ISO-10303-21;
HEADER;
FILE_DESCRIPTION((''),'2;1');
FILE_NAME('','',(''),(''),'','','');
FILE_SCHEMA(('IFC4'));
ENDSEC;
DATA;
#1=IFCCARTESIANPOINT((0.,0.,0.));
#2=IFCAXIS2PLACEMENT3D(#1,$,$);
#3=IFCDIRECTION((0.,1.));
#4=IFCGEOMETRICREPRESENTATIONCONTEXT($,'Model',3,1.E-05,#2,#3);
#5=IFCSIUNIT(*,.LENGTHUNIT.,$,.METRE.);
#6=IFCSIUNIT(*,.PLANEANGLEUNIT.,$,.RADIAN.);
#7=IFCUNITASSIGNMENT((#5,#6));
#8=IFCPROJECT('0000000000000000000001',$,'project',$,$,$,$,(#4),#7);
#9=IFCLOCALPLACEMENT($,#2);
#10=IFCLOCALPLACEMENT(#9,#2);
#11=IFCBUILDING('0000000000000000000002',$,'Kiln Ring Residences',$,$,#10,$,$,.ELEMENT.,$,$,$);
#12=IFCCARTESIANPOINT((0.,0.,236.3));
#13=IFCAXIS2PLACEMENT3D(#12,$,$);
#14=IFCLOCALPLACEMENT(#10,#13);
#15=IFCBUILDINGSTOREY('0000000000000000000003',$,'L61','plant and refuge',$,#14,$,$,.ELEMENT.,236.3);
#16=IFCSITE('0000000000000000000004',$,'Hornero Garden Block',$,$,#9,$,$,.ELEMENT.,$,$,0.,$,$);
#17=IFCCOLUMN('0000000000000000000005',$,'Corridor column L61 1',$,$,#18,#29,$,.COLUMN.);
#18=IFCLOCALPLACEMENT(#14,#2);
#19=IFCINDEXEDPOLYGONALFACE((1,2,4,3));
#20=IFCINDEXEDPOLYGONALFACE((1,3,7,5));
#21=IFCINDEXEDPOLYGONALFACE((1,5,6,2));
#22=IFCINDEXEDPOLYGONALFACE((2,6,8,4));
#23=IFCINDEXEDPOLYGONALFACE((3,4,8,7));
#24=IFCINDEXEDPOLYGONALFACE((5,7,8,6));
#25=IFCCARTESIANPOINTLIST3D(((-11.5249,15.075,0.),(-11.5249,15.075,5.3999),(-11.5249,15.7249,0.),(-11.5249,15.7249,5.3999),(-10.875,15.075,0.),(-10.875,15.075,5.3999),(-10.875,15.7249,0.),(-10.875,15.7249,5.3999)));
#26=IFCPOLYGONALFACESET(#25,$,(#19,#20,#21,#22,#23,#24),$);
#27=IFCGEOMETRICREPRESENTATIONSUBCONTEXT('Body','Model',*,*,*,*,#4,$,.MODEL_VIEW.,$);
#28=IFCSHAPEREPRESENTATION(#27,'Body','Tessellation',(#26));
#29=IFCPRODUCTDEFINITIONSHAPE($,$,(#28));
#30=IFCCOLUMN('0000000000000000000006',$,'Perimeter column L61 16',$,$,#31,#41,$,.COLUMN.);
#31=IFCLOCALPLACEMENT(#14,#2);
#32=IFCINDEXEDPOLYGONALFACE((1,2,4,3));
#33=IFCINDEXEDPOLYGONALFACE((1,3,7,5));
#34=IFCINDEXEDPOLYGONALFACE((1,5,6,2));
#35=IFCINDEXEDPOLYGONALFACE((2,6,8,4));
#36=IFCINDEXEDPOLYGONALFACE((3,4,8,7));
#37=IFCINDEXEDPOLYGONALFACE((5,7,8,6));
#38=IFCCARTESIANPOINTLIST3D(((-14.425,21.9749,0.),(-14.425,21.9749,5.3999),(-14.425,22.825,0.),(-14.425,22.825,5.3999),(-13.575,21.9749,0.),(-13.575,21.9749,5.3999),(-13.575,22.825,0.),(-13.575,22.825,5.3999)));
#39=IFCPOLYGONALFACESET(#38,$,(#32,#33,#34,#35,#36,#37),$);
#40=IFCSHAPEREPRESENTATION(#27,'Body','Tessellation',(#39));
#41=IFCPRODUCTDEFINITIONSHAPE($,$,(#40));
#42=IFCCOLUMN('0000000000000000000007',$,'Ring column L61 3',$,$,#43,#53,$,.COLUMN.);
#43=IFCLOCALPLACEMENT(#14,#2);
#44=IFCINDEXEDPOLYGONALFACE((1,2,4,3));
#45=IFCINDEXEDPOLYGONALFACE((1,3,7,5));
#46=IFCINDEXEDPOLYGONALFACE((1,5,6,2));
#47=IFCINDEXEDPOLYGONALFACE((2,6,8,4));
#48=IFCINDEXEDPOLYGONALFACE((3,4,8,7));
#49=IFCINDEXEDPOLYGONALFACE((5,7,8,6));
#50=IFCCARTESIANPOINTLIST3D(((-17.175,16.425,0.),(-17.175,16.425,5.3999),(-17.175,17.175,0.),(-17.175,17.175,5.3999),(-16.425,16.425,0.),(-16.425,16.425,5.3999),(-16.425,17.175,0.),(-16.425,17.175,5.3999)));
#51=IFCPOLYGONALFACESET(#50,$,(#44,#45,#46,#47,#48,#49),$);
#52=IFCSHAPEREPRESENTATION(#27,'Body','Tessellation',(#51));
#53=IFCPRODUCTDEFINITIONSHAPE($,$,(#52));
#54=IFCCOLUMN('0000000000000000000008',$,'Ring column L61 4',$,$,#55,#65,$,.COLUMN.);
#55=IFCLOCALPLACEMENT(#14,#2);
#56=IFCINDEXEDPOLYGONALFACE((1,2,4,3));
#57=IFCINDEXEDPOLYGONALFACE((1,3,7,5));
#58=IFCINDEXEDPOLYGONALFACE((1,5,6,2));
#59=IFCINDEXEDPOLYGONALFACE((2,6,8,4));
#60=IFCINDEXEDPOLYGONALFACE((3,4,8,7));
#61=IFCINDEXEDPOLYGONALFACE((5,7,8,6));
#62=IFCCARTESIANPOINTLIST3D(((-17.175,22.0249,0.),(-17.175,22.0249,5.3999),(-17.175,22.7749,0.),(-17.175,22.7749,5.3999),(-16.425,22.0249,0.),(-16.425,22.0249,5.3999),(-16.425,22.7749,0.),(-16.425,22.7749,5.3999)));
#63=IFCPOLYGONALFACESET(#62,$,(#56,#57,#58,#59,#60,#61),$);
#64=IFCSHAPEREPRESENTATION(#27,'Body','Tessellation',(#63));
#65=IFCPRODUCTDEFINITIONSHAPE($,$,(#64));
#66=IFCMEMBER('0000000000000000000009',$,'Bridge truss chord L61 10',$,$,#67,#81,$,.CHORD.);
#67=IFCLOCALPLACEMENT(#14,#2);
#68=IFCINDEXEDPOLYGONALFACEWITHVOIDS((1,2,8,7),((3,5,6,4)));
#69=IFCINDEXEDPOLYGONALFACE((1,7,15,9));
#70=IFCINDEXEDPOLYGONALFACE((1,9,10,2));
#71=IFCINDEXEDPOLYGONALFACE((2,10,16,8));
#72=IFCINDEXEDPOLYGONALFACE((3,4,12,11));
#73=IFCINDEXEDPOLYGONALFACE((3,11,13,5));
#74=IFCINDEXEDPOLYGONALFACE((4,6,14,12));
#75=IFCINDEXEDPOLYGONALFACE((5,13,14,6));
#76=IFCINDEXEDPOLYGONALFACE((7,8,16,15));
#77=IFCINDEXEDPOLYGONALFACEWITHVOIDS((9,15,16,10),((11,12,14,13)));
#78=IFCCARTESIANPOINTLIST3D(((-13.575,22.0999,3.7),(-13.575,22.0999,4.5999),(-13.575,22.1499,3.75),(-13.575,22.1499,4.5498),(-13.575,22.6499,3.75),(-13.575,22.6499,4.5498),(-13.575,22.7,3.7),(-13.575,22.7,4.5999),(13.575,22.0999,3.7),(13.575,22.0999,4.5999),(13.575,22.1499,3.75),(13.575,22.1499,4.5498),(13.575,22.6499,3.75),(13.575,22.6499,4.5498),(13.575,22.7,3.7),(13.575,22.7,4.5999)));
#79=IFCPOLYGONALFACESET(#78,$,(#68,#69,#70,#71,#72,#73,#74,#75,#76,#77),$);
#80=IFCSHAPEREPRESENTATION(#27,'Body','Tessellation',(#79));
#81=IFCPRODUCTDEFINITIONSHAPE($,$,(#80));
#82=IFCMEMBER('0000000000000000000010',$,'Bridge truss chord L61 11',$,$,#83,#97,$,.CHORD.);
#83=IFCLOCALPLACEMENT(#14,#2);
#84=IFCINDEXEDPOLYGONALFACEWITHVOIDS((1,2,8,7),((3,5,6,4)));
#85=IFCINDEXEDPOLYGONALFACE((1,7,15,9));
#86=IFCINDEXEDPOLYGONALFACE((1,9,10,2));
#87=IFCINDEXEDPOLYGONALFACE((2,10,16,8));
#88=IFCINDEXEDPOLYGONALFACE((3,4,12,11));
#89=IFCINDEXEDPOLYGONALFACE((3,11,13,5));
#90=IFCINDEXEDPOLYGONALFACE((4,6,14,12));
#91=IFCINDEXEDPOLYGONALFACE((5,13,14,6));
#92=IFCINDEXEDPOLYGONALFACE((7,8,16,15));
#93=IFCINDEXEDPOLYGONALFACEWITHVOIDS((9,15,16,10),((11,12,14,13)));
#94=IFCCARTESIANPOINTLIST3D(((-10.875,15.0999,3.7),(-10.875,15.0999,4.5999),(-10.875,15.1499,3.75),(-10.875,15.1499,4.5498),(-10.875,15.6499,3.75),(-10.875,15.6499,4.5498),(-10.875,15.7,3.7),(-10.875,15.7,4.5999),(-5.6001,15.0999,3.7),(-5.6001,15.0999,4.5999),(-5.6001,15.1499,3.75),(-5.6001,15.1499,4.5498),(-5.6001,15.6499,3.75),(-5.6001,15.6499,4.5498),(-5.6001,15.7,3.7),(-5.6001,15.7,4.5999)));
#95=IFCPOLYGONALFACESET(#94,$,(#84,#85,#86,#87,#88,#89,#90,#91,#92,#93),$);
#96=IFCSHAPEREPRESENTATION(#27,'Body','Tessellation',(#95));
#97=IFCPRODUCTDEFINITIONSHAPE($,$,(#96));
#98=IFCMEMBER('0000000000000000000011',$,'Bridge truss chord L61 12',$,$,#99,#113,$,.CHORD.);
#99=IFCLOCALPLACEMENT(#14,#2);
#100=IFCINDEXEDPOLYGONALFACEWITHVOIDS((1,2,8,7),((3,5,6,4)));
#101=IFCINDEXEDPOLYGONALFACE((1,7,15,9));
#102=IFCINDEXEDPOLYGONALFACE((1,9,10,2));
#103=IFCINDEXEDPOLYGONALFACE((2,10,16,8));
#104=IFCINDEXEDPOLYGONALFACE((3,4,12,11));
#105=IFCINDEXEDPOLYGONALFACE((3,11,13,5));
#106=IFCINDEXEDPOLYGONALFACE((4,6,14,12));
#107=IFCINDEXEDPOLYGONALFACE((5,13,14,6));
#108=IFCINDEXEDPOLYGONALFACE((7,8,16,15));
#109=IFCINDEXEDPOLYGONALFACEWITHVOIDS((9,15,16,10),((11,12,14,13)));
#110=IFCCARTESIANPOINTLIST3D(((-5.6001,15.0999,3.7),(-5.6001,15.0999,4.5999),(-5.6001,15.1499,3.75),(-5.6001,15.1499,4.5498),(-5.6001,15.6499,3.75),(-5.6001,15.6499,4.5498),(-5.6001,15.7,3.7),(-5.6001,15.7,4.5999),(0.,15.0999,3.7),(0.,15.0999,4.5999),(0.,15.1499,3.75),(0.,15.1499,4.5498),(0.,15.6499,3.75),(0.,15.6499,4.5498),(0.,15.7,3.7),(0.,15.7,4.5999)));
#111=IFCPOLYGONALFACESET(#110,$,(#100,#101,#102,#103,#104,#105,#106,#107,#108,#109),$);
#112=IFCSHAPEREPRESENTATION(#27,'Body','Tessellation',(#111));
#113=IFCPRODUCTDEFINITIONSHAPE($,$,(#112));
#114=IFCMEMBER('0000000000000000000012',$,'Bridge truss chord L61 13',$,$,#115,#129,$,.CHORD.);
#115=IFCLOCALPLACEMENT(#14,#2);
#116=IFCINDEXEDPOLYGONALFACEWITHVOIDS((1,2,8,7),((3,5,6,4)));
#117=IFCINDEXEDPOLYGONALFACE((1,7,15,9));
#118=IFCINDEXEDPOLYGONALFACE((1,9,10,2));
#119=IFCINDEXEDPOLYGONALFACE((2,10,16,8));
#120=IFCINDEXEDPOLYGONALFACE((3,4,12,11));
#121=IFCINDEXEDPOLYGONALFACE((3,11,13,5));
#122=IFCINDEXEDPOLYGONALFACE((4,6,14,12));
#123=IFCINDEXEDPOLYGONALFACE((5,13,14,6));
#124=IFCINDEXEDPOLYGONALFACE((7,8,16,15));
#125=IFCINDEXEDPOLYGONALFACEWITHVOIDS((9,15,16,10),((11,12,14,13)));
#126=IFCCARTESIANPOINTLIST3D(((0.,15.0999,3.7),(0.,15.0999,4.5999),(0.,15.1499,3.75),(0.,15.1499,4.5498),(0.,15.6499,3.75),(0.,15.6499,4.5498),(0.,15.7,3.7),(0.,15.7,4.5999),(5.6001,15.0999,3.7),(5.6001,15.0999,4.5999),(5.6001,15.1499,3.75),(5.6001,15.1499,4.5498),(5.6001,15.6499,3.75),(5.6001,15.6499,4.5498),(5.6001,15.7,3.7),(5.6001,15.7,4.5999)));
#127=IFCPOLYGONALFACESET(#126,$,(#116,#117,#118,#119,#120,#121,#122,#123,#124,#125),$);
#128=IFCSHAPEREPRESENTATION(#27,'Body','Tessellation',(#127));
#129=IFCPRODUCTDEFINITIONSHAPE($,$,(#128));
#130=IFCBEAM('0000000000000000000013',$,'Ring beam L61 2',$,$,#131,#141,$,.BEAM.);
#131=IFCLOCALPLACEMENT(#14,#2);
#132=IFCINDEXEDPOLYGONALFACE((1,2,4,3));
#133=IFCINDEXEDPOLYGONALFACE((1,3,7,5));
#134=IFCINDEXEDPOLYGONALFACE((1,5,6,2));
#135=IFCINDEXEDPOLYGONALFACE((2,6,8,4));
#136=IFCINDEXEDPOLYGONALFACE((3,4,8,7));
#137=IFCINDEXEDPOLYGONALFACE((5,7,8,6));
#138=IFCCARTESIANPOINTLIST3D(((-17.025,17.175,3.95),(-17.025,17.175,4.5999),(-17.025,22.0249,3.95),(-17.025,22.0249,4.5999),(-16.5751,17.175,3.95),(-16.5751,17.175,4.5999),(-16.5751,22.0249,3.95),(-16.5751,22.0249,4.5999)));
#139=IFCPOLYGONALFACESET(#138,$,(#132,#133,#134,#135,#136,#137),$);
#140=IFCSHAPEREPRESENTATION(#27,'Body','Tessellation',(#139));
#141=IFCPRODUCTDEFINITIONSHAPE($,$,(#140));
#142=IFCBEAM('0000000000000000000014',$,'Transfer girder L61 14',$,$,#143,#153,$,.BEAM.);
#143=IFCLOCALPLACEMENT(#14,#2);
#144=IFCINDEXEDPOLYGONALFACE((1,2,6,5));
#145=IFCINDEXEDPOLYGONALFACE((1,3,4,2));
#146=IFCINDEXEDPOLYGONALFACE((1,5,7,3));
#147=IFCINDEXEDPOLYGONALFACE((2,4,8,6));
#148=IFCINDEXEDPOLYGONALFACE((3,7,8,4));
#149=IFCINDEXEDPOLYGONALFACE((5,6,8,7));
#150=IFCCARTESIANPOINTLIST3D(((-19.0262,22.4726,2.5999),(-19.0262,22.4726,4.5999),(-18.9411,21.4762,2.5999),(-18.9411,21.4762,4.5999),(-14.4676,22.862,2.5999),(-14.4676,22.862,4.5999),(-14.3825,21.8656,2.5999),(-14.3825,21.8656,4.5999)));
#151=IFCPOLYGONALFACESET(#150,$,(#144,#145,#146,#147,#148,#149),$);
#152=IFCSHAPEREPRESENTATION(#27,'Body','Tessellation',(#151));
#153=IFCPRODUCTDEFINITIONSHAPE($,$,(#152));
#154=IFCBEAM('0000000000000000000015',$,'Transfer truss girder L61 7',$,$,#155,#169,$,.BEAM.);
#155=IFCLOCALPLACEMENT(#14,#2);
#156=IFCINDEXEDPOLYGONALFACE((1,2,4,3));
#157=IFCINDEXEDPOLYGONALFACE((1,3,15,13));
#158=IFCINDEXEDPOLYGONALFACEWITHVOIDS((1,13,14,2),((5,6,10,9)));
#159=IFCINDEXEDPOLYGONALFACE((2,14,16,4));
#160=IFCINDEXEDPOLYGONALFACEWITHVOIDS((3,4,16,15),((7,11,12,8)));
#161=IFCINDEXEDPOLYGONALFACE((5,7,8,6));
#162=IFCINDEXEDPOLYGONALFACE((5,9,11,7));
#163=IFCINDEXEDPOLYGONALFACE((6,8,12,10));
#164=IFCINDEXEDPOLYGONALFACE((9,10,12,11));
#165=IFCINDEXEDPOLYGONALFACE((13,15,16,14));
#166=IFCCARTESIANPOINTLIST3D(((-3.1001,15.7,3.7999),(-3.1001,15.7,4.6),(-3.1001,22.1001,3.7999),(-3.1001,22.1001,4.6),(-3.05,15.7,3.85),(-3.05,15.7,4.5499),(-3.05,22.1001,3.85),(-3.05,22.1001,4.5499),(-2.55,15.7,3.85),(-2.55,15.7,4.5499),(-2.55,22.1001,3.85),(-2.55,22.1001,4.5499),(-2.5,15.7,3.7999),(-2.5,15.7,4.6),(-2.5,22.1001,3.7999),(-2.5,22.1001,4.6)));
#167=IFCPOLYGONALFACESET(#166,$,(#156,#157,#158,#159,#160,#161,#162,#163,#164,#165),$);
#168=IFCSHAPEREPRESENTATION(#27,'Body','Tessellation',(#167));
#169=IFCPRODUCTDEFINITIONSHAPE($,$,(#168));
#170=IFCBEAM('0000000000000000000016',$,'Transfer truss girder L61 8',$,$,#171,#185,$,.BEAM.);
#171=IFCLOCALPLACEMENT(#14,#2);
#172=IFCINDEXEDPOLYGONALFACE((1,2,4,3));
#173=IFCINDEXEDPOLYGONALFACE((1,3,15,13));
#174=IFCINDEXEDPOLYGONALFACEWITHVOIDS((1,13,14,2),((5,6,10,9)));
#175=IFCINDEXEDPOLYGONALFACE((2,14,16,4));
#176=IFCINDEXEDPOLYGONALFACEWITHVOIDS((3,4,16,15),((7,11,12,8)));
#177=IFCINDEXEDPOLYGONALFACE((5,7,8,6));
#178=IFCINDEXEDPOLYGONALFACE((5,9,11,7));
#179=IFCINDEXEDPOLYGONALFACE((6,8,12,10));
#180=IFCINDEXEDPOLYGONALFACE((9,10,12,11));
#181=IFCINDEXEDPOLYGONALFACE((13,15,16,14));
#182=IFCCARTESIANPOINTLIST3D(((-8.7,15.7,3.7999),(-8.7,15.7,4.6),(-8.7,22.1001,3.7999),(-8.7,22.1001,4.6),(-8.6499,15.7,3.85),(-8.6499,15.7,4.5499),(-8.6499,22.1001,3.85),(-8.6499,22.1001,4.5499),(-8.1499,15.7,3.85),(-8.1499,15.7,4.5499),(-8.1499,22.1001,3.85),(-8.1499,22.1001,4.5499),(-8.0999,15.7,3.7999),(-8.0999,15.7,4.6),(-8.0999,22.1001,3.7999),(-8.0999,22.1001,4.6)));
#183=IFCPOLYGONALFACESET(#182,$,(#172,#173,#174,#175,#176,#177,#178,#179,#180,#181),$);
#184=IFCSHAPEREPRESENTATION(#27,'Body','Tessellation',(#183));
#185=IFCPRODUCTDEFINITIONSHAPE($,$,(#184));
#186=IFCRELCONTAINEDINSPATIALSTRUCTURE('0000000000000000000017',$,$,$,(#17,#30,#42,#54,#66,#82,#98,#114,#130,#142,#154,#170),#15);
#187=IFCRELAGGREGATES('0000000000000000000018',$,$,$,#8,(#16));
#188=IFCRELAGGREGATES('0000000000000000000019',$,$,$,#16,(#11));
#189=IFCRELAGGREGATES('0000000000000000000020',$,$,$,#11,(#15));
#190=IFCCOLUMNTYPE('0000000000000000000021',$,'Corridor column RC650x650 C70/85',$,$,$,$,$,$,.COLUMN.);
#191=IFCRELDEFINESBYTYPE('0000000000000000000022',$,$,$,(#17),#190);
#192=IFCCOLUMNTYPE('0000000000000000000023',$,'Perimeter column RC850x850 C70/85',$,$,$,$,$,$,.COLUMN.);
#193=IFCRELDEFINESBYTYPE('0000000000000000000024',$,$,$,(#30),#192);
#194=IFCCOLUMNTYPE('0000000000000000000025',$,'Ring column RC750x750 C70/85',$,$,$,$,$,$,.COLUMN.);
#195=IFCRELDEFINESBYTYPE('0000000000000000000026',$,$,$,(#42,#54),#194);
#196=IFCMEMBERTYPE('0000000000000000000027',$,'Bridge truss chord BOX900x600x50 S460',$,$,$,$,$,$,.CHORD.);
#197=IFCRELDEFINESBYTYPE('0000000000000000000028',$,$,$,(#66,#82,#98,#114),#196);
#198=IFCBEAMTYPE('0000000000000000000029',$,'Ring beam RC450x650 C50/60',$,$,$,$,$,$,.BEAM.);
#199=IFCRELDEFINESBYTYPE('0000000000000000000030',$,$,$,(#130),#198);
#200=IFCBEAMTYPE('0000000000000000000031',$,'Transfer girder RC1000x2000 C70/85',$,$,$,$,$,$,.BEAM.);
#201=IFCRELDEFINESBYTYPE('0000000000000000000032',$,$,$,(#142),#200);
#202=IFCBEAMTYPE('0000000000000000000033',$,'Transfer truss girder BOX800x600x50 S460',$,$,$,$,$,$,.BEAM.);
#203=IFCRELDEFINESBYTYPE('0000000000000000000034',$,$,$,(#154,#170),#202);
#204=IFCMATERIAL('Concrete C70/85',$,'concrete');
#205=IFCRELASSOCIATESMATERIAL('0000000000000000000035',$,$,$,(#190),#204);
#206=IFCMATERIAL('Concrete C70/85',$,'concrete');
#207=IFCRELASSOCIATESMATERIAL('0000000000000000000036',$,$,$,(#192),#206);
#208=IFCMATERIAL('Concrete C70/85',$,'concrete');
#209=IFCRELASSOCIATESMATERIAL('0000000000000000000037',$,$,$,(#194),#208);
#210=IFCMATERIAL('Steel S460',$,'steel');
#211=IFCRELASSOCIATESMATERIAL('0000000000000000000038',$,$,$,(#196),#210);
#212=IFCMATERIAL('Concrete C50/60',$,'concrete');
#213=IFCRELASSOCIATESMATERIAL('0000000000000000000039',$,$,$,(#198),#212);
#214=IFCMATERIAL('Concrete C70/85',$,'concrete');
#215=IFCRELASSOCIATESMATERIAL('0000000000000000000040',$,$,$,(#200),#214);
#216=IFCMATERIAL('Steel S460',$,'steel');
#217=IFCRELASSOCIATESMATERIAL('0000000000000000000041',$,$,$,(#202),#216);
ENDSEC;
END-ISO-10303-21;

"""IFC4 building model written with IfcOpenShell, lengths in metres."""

from ifc_helpers import new_model, si_unit, direction, frame, origin, origin_2d, place, context, subcontext, project, spatial, rectangle, hollow_rectangle, extrude, material, material_profile, profile_set, type_object, element, save


model = new_model("IFC4")

# Units and contexts
model_context = context("Model", 3, precision=1e-05, world=origin(), true_north=direction((0.0, 1.0)))
body_context = subcontext(model_context, "Body", "Model", "MODEL_VIEW")
ifc_project = project(units=[si_unit("LENGTHUNIT", "METRE"), si_unit("PLANEANGLEUNIT", "RADIAN")], contexts=[model_context])

# Site, building, storey
site_placement = place(None, origin())
site = spatial("IfcSite", under=ifc_project, at=site_placement, Name="Hornero Garden Block", CompositionType="ELEMENT", RefElevation=0.0)
building_placement = place(site_placement, origin())
building = spatial("IfcBuilding", under=site, at=building_placement, Name="Kiln Ring Residences", CompositionType="ELEMENT")
storey_placement = place(building_placement, frame((0.0, 0.0, 236.3)))
storey = spatial("IfcBuildingStorey", under=building, at=storey_placement, Name="L61", Description="plant and refuge", CompositionType="ELEMENT", Elevation=236.3)

# Columns
ifc_material_1 = material(Name="Concrete C70/85", Category="concrete")
ifc_material_profile_1 = material_profile(ifc_material_1, rectangle(XDim=0.6499, YDim=0.6499, at=origin_2d()), Name="RC650x650")
ifc_profile_set_1 = profile_set([ifc_material_profile_1], Name="Concrete C70/85")
column_type_1 = type_object("IfcColumnType", Name="Corridor column RC650x650 C70/85", PredefinedType="COLUMN", material=ifc_profile_set_1)
column_1_placement = place(storey_placement, frame((-11.2, 15.3999, 0.0), z_axis=(0.0, 0.0, 1.0), x_axis=(1.0, 0.0, 0.0)))
element("IfcColumn", 1, at=column_1_placement, inside=storey, type_object=column_type_1, Name="Corridor column L61 1", PredefinedType="COLUMN", context=body_context, shape_type="SweptSolid", body=[
    extrude(rectangle(XDim=0.6499, YDim=0.6499, at=origin_2d()), origin(), (0.0, 0.0, 1.0), 5.3999),
])
ifc_material_2 = material(Name="Concrete C70/85", Category="concrete")
ifc_material_profile_2 = material_profile(ifc_material_2, rectangle(XDim=0.8501, YDim=0.8501, at=origin_2d()), Name="RC850x850")
ifc_profile_set_2 = profile_set([ifc_material_profile_2], Name="Concrete C70/85")
column_type_2 = type_object("IfcColumnType", Name="Perimeter column RC850x850 C70/85", PredefinedType="COLUMN", material=ifc_profile_set_2)
column_2_placement = place(storey_placement, frame((-14.0, 22.3999, 0.0), z_axis=(0.0, 0.0, 1.0), x_axis=(1.0, 0.0, 0.0)))
element("IfcColumn", 2, at=column_2_placement, inside=storey, type_object=column_type_2, Name="Perimeter column L61 16", PredefinedType="COLUMN", context=body_context, shape_type="SweptSolid", body=[
    extrude(rectangle(XDim=0.8501, YDim=0.8501, at=origin_2d()), origin(), (0.0, 0.0, 1.0), 5.3999),
])
ifc_material_3 = material(Name="Concrete C70/85", Category="concrete")
ifc_material_profile_3 = material_profile(ifc_material_3, rectangle(XDim=0.75, YDim=0.75, at=origin_2d()), Name="RC750x750")
ifc_profile_set_3 = profile_set([ifc_material_profile_3], Name="Concrete C70/85")
column_type_3 = type_object("IfcColumnType", Name="Ring column RC750x750 C70/85", PredefinedType="COLUMN", material=ifc_profile_set_3)
for number, where, z_axis, x_axis, name in (
    (3, (-16.8, 16.8, 0.0), (0.0, 0.0, 1.0), (1.0, 0.0, 0.0), "Ring column L61 3"),
    (4, (-16.8, 22.3999, 0.0), (0.0, 0.0, 1.0), (1.0, 0.0, 0.0), "Ring column L61 4"),
):
    element("IfcColumn", number, at=place(storey_placement, frame(where, z_axis=z_axis, x_axis=x_axis)), inside=storey, type_object=column_type_3, Name=name, PredefinedType="COLUMN", context=body_context, shape_type="SweptSolid", body=[
        extrude(rectangle(XDim=0.75, YDim=0.75, at=origin_2d()), origin(), (0.0, 0.0, 1.0), 5.3999),
    ])

# Members
ifc_material_4 = material(Name="Steel S460", Category="steel")
ifc_material_profile_4 = material_profile(ifc_material_4, hollow_rectangle(XDim=0.6001, YDim=0.8999, WallThickness=0.05, at=origin_2d()), Name="BOX900x600x50")
ifc_profile_set_4 = profile_set([ifc_material_profile_4], Name="Steel S460")
member_type = type_object("IfcMemberType", Name="Bridge truss chord BOX900x600x50 S460", PredefinedType="CHORD", material=ifc_profile_set_4)
member_1_placement = place(storey_placement, frame((-13.575, 22.3999, 4.1499), z_axis=(1.0, 0.0, 0.0), x_axis=(0.0, 1.0, 0.0)))
element("IfcMember", 5, at=member_1_placement, inside=storey, type_object=member_type, Name="Bridge truss chord L61 10", PredefinedType="CHORD", context=body_context, shape_type="SweptSolid", body=[
    extrude(hollow_rectangle(XDim=0.6001, YDim=0.8999, WallThickness=0.05, at=origin_2d()), origin(), (0.0, 0.0, 1.0), 27.1499),
])
member_2_placement = place(storey_placement, frame((-10.875, 15.3999, 4.1499), z_axis=(1.0, 0.0, 0.0), x_axis=(0.0, 1.0, 0.0)))
element("IfcMember", 6, at=member_2_placement, inside=storey, type_object=member_type, Name="Bridge truss chord L61 11", PredefinedType="CHORD", context=body_context, shape_type="SweptSolid", body=[
    extrude(hollow_rectangle(XDim=0.6001, YDim=0.8999, WallThickness=0.05, at=origin_2d()), origin(), (0.0, 0.0, 1.0), 5.2749),
])
for number, where, z_axis, x_axis, name in (
    (7, (-5.6001, 15.3999, 4.1499), (1.0, 0.0, 0.0), (0.0, 1.0, 0.0), "Bridge truss chord L61 12"),
    (8, (0.0, 15.3999, 4.1499), (1.0, 0.0, 0.0), (0.0, 1.0, 0.0), "Bridge truss chord L61 13"),
):
    element("IfcMember", number, at=place(storey_placement, frame(where, z_axis=z_axis, x_axis=x_axis)), inside=storey, type_object=member_type, Name=name, PredefinedType="CHORD", context=body_context, shape_type="SweptSolid", body=[
        extrude(hollow_rectangle(XDim=0.6001, YDim=0.8999, WallThickness=0.05, at=origin_2d()), origin(), (0.0, 0.0, 1.0), 5.6001),
    ])

# Beams
ifc_material_5 = material(Name="Concrete C50/60", Category="concrete")
ifc_material_profile_5 = material_profile(ifc_material_5, rectangle(XDim=0.45, YDim=0.6499, at=origin_2d()), Name="RC450x650")
ifc_profile_set_5 = profile_set([ifc_material_profile_5], Name="Concrete C50/60")
beam_type_1 = type_object("IfcBeamType", Name="Ring beam RC450x650 C50/60", PredefinedType="BEAM", material=ifc_profile_set_5)
beam_1_placement = place(storey_placement, frame((-16.8, 17.175, 4.2749), z_axis=(0.0, 1.0, 0.0), x_axis=(-1.0, 0.0, 0.0)))
element("IfcBeam", 9, at=beam_1_placement, inside=storey, type_object=beam_type_1, Name="Ring beam L61 2", PredefinedType="BEAM", context=body_context, shape_type="SweptSolid", body=[
    extrude(rectangle(XDim=0.45, YDim=0.6499, at=origin_2d()), origin(), (0.0, 0.0, 1.0), 4.8499),
])
ifc_material_6 = material(Name="Concrete C70/85", Category="concrete")
ifc_material_profile_6 = material_profile(ifc_material_6, rectangle(XDim=1.0, YDim=2.0, at=origin_2d()), Name="RC1000x2000")
ifc_profile_set_6 = profile_set([ifc_material_profile_6], Name="Concrete C70/85")
beam_type_2 = type_object("IfcBeamType", Name="Transfer girder RC1000x2000 C70/85", PredefinedType="BEAM", material=ifc_profile_set_6)
beam_2_placement = place(storey_placement, frame((-14.425, 22.3638, 3.5999), z_axis=(-0.996371, -0.085112, 0.0), x_axis=(0.085112, -0.996371, 0.0)))
element("IfcBeam", 10, at=beam_2_placement, inside=storey, type_object=beam_type_2, Name="Transfer girder L61 14", PredefinedType="BEAM", context=body_context, shape_type="SweptSolid", body=[
    extrude(rectangle(XDim=1.0, YDim=2.0, at=origin_2d()), origin(), (0.0, 0.0, 1.0), 4.5752),
])
ifc_material_7 = material(Name="Steel S460", Category="steel")
ifc_material_profile_7 = material_profile(ifc_material_7, hollow_rectangle(XDim=0.6001, YDim=0.8, WallThickness=0.05, at=origin_2d()), Name="BOX800x600x50")
ifc_profile_set_7 = profile_set([ifc_material_profile_7], Name="Steel S460")
beam_type_3 = type_object("IfcBeamType", Name="Transfer truss girder BOX800x600x50 S460", PredefinedType="BEAM", material=ifc_profile_set_7)
for number, where, z_axis, x_axis, name in (
    (11, (-2.8, 22.1001, 4.2), (0.0, -1.0, 0.0), (1.0, 0.0, 0.0), "Transfer truss girder L61 7"),
    (12, (-8.3999, 22.1001, 4.2), (0.0, -1.0, 0.0), (1.0, 0.0, 0.0), "Transfer truss girder L61 8"),
):
    element("IfcBeam", number, at=place(storey_placement, frame(where, z_axis=z_axis, x_axis=x_axis)), inside=storey, type_object=beam_type_3, Name=name, PredefinedType="BEAM", context=body_context, shape_type="SweptSolid", body=[
        extrude(hollow_rectangle(XDim=0.6001, YDim=0.8, WallThickness=0.05, at=origin_2d()), origin(), (0.0, 0.0, 1.0), 6.4001),
    ])

save(model, "model.ifc")
